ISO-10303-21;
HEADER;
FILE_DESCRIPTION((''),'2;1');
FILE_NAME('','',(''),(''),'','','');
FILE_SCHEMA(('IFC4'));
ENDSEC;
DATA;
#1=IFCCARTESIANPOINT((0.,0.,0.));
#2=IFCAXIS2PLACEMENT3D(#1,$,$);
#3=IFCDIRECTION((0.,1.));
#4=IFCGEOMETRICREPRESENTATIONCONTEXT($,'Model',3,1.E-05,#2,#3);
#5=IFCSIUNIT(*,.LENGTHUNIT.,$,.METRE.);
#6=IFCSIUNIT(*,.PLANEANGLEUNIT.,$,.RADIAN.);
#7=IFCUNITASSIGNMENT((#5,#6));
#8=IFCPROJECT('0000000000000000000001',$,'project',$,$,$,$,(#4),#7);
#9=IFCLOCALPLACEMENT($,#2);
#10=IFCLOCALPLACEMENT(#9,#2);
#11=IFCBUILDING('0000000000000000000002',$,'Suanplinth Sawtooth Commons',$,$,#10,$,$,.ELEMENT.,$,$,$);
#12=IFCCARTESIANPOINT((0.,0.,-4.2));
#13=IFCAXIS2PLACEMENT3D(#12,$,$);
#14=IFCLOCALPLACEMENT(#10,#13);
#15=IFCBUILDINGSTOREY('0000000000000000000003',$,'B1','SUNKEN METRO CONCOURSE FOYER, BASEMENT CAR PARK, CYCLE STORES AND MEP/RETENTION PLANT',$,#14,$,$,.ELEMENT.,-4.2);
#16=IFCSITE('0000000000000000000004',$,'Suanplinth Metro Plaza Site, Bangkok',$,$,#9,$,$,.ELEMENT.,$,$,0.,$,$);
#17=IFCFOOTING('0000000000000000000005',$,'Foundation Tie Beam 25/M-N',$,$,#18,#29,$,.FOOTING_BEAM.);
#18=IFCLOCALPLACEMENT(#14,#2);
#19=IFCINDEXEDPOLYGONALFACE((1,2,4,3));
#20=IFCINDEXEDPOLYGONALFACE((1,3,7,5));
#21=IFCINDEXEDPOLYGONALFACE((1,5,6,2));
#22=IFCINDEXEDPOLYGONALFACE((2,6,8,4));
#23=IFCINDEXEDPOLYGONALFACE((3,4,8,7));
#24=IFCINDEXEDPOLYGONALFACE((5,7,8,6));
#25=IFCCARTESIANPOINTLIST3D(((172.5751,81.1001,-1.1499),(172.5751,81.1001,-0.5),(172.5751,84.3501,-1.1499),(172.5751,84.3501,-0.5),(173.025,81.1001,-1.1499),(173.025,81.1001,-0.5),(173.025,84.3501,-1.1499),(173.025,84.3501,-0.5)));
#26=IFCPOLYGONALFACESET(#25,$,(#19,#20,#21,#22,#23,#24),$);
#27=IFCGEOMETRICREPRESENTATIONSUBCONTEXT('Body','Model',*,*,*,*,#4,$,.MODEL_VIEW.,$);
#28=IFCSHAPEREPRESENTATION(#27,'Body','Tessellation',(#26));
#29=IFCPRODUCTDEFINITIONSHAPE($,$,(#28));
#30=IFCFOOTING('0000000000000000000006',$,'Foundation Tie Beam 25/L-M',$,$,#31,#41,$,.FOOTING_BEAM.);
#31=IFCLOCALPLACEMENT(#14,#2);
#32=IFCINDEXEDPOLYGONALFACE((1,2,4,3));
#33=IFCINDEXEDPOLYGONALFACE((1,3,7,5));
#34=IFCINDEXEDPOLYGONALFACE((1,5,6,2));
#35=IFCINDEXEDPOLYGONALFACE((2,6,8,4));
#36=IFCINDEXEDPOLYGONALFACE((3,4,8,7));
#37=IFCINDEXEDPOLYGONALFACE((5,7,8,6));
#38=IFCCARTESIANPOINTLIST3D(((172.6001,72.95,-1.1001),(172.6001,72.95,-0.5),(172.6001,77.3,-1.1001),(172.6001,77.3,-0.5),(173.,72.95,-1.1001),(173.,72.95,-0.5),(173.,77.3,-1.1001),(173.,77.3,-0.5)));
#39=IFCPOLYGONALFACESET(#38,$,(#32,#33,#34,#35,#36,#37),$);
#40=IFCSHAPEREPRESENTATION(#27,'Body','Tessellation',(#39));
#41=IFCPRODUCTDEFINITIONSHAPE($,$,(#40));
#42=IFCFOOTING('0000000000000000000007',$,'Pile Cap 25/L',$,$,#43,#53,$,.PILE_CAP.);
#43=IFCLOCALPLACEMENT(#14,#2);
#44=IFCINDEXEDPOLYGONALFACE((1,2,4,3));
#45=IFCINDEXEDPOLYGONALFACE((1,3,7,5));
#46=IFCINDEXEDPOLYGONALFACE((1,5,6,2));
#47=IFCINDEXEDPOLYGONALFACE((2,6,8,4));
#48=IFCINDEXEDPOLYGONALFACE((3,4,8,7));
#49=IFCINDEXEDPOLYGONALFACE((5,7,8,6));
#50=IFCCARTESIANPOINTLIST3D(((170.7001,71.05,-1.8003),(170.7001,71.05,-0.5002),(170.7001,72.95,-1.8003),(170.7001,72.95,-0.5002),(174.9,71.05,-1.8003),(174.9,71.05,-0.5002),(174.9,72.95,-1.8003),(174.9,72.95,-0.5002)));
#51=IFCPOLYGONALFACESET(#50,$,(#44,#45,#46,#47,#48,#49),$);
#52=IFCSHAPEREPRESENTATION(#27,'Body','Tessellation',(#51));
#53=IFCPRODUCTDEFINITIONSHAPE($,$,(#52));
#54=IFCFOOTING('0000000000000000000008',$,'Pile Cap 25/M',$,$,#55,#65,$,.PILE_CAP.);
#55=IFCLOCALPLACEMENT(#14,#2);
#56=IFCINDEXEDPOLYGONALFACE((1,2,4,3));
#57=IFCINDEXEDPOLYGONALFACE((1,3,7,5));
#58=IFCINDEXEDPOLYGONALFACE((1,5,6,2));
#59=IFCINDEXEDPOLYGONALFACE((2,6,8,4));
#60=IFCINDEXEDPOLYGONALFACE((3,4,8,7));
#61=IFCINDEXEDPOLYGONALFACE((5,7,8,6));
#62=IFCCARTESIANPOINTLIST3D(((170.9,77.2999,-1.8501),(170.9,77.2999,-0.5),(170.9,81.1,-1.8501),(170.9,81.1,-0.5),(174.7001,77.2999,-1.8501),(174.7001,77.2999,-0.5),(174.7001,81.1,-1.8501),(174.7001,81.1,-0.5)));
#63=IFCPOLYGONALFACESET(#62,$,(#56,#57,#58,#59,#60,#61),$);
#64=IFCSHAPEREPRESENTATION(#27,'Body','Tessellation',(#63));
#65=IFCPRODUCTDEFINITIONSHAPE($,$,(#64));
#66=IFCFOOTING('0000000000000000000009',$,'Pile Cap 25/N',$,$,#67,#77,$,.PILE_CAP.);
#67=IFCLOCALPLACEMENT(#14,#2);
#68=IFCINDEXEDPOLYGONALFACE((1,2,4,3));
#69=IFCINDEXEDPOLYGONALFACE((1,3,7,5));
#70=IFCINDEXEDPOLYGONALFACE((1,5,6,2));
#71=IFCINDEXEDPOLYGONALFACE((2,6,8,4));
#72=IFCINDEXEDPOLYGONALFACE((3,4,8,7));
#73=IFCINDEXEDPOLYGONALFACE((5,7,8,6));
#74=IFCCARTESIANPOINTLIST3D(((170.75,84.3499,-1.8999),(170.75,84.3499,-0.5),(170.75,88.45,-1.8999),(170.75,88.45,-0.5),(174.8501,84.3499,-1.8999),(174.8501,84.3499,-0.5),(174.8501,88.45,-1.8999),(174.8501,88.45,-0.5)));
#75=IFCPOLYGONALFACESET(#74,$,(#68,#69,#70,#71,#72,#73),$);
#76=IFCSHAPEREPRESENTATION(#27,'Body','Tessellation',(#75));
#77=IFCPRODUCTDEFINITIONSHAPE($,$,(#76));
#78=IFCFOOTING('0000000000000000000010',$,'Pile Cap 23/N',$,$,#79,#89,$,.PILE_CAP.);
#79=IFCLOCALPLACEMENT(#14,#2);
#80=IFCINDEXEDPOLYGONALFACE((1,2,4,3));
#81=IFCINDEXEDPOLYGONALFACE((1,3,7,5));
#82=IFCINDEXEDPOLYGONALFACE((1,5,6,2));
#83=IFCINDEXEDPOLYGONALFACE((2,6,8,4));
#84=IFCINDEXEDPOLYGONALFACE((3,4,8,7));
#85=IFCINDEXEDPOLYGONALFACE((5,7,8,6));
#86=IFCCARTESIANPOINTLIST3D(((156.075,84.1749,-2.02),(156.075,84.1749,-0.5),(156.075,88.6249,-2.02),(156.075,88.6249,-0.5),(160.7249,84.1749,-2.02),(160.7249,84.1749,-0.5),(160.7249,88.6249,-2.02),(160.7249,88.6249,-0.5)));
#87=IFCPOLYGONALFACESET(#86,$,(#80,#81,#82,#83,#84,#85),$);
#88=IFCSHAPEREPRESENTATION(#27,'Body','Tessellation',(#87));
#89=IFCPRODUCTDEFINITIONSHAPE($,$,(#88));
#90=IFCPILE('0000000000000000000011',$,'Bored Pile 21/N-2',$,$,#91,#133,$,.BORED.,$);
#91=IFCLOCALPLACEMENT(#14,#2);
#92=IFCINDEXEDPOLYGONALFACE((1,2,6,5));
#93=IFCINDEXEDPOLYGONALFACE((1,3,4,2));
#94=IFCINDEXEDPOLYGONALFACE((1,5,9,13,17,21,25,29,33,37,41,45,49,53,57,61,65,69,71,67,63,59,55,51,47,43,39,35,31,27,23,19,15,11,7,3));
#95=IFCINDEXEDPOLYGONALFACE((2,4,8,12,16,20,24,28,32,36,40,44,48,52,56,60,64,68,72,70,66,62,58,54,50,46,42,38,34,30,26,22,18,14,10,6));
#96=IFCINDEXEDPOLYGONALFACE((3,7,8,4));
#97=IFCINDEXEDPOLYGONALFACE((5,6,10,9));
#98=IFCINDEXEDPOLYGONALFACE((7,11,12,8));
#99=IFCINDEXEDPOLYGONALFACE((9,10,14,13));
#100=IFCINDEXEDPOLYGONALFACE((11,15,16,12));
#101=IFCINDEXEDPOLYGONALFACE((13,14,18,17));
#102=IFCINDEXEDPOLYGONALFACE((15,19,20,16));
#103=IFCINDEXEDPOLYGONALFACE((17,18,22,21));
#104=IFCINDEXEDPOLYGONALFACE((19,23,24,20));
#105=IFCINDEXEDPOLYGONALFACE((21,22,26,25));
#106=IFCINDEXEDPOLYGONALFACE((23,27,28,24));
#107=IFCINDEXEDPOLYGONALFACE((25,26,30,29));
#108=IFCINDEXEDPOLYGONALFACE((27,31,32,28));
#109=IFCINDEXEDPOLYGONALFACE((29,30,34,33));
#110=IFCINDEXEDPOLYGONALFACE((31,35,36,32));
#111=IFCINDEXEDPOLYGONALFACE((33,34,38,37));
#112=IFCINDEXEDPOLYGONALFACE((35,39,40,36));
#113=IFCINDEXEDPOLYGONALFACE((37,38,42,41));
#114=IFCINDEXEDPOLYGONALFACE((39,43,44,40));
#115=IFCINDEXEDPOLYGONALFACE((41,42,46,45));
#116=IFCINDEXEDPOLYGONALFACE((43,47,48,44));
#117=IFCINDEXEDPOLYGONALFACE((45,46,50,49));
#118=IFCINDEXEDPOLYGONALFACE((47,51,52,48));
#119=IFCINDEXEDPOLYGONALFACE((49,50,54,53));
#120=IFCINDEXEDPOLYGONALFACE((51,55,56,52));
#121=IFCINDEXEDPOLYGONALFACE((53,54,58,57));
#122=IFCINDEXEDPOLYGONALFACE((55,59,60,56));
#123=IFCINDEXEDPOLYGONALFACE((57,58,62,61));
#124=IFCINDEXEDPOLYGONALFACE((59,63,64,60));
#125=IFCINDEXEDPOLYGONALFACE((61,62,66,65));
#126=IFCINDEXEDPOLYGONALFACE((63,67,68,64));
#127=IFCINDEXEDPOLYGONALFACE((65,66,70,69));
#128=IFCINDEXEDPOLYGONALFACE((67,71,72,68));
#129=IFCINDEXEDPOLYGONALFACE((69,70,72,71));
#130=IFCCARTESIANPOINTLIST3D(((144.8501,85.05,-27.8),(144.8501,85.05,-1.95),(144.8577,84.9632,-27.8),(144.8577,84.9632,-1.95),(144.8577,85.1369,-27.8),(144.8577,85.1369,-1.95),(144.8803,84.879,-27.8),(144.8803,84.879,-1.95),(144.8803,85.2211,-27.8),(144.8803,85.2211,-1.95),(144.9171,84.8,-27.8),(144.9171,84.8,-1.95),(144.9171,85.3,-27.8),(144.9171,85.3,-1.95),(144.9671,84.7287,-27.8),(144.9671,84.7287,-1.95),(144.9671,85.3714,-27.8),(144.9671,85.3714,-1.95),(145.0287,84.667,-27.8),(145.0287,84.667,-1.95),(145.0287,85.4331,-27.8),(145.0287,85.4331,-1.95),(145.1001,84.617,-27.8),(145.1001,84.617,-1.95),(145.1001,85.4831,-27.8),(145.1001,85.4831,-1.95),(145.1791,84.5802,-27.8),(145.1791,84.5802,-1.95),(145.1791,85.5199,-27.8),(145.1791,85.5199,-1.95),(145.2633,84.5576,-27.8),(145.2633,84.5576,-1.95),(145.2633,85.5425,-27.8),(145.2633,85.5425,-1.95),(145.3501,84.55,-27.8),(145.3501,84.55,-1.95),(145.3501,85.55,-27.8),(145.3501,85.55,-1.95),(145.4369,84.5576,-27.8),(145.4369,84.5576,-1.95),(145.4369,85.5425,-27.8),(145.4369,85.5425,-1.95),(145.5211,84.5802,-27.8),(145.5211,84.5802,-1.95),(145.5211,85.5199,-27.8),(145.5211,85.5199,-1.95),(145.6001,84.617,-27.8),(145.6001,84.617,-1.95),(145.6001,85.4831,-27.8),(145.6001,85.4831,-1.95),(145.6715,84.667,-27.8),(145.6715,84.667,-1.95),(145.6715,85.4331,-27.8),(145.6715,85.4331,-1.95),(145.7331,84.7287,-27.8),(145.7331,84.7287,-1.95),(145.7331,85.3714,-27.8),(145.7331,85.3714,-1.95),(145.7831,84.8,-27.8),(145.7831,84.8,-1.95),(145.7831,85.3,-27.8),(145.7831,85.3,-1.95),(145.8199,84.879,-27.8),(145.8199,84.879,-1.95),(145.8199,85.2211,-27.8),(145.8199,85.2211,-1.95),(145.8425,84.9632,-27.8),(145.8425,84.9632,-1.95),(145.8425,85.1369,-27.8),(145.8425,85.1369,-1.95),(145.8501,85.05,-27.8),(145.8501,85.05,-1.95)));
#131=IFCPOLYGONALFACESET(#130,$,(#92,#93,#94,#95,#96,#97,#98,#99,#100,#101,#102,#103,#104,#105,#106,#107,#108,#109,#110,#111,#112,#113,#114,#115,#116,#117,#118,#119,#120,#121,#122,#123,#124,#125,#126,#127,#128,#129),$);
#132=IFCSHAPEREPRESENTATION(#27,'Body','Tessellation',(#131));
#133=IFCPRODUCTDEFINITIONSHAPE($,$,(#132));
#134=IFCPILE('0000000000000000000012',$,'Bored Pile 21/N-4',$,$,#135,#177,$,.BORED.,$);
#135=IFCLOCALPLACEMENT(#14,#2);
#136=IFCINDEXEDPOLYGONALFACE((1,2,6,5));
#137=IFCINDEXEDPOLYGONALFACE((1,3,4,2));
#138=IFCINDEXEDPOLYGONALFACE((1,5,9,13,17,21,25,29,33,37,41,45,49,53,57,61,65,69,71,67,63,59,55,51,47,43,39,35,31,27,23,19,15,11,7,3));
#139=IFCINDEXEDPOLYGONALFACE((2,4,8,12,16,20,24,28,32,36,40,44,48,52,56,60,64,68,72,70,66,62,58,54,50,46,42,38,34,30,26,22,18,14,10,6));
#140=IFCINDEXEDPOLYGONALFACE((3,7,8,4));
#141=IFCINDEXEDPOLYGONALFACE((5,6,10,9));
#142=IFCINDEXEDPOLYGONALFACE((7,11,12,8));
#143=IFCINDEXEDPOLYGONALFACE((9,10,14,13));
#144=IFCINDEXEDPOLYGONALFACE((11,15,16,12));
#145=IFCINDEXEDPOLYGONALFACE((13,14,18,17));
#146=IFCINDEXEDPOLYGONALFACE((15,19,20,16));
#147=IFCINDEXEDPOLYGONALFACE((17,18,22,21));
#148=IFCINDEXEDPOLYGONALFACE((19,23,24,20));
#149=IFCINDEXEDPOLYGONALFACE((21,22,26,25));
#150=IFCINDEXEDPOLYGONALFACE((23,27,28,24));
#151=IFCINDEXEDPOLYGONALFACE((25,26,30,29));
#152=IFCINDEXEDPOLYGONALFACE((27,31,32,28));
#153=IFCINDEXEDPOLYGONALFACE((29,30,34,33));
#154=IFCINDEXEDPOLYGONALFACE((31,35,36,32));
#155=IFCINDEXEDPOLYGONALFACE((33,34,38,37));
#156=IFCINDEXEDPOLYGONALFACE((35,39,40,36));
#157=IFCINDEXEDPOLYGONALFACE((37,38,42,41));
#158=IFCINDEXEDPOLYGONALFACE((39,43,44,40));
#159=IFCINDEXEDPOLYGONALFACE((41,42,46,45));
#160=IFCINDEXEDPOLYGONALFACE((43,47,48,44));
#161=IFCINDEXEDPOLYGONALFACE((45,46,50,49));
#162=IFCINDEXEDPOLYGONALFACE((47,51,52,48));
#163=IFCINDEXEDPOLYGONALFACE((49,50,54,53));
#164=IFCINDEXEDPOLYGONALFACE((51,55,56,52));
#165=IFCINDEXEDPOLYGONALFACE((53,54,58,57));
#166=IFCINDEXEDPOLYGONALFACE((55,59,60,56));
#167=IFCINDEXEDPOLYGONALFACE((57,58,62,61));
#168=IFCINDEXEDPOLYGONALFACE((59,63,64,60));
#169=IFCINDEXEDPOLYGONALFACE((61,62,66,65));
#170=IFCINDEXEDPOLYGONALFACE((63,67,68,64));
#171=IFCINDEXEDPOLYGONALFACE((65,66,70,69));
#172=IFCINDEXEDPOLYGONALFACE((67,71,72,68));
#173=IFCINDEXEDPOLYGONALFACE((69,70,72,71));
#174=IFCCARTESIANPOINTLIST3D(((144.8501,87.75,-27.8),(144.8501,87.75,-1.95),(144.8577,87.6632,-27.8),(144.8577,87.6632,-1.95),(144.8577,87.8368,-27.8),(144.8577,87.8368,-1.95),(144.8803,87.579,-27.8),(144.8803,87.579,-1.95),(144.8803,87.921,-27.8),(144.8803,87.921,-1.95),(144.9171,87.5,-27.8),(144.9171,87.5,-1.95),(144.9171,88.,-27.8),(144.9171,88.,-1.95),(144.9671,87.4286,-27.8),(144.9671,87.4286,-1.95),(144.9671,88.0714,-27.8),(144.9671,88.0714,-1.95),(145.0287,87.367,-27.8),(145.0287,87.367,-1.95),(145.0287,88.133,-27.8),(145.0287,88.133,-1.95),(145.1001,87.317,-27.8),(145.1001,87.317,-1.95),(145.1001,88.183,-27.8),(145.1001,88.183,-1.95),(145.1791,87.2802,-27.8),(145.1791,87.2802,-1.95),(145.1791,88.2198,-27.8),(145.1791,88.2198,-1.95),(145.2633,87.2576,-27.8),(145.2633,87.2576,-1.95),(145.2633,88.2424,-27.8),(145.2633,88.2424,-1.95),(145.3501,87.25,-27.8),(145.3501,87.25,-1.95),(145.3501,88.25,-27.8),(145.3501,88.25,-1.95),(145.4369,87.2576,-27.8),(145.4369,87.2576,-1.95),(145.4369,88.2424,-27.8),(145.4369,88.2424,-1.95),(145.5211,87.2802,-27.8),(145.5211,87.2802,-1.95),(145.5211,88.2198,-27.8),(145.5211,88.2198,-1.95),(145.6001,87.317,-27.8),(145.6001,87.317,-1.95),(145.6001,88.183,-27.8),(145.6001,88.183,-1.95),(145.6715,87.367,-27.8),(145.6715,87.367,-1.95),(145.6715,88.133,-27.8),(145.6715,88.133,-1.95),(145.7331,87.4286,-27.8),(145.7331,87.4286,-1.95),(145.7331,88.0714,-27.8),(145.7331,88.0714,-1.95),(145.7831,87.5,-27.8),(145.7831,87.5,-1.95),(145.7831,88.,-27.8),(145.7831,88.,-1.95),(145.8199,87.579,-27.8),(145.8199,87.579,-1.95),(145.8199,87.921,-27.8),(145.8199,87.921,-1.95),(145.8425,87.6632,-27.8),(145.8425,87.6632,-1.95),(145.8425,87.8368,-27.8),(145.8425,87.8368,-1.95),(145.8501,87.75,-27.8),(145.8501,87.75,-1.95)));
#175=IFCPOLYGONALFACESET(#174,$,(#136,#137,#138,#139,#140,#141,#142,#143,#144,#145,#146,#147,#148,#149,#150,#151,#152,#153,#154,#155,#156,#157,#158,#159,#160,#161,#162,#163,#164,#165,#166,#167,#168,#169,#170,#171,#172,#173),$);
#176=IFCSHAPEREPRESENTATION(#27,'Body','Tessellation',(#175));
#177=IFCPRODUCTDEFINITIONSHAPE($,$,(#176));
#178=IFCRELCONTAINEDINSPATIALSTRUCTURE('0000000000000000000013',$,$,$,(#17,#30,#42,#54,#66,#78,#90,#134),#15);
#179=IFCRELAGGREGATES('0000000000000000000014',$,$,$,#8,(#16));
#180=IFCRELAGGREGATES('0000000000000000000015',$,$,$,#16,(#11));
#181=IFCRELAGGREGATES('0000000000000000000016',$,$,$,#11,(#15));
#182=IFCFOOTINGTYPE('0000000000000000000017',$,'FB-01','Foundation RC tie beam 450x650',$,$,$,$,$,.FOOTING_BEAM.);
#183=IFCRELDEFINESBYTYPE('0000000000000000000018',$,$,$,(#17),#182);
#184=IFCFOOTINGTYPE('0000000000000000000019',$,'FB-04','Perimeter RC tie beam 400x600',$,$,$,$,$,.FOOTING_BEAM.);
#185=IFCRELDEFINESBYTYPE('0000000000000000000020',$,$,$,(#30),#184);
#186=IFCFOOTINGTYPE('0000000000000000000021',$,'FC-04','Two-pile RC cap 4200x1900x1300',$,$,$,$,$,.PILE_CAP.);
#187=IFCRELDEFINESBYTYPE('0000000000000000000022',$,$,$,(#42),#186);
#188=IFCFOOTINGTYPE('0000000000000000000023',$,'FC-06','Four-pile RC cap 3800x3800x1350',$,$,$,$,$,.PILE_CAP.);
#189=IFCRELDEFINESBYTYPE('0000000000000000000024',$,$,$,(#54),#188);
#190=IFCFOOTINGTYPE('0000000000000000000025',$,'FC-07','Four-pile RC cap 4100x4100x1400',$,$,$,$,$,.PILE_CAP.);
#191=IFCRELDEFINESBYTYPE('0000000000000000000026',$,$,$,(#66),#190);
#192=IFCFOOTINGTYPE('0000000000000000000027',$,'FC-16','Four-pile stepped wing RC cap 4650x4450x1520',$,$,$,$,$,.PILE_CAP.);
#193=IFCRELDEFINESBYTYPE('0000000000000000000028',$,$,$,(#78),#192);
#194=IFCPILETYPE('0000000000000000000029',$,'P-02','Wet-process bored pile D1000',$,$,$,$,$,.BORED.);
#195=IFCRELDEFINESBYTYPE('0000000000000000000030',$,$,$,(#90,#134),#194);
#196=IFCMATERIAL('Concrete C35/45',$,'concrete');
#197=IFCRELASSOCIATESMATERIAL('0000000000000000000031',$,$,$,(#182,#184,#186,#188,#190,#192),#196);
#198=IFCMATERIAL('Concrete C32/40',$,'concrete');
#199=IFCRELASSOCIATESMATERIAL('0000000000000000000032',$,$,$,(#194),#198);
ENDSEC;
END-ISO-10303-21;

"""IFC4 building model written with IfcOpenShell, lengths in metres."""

from ifc_helpers import new_model, si_unit, direction, frame, origin, origin_2d, place, context, subcontext, project, spatial, rectangle, circle, extrude, material, material_profile, profile_set, type_object, element, save


model = new_model("IFC4")

# Units and contexts
model_context = context("Model", 3, precision=1e-05, world=origin(), true_north=direction((0.0, 1.0)))
body_context = subcontext(model_context, "Body", "Model", "MODEL_VIEW")
ifc_project = project(units=[si_unit("LENGTHUNIT", "METRE"), si_unit("PLANEANGLEUNIT", "RADIAN")], contexts=[model_context])

# Site, building, storey
site_placement = place(None, origin())
site = spatial("IfcSite", under=ifc_project, at=site_placement, Name="Suanplinth Metro Plaza Site, Bangkok", CompositionType="ELEMENT", RefElevation=0.0)
building_placement = place(site_placement, origin())
building = spatial("IfcBuilding", under=site, at=building_placement, Name="Suanplinth Sawtooth Commons", CompositionType="ELEMENT")
storey_placement = place(building_placement, frame((0.0, 0.0, -4.2)))
storey = spatial("IfcBuildingStorey", under=building, at=storey_placement, Name="B1", Description="SUNKEN METRO CONCOURSE FOYER, BASEMENT CAR PARK, CYCLE STORES AND MEP/RETENTION PLANT", CompositionType="ELEMENT", Elevation=-4.2)

# Footings
ifc_material_1 = material(Name="Concrete C35/45", Category="concrete")
ifc_material_profile_1 = material_profile(ifc_material_1, rectangle(XDim=0.45, YDim=0.6499, at=origin_2d()), Name="PC-GDR 450x650")
ifc_profile_set_1 = profile_set([ifc_material_profile_1], Name="Concrete C35/45")
footing_type_1 = type_object("IfcFootingType", Name="FB-01", Description="Foundation RC tie beam 450x650", PredefinedType="FOOTING_BEAM", material=ifc_profile_set_1)
footing_1_placement = place(storey_placement, frame((172.8, 81.1001, -0.825), z_axis=(0.0, 1.0, 0.0), x_axis=(-1.0, 0.0, 0.0)))
element("IfcFooting", 1, at=footing_1_placement, inside=storey, type_object=footing_type_1, Name="Foundation Tie Beam 25/M-N", PredefinedType="FOOTING_BEAM", context=body_context, shape_type="SweptSolid", body=[
    extrude(rectangle(XDim=0.45, YDim=0.6499, at=origin_2d()), origin(), (0.0, 0.0, 1.0), 3.25),
])
ifc_material_profile_2 = material_profile(ifc_material_1, rectangle(XDim=0.3999, YDim=0.6001, at=origin_2d()), Name="PC-GDR 400x600")
ifc_profile_set_2 = profile_set([ifc_material_profile_2], Name="Concrete C35/45")
footing_type_2 = type_object("IfcFootingType", Name="FB-04", Description="Perimeter RC tie beam 400x600", PredefinedType="FOOTING_BEAM", material=ifc_profile_set_2)
footing_2_placement = place(storey_placement, frame((172.8, 72.95, -0.8), z_axis=(0.0, 1.0, 0.0), x_axis=(-1.0, 0.0, 0.0)))
element("IfcFooting", 2, at=footing_2_placement, inside=storey, type_object=footing_type_2, Name="Foundation Tie Beam 25/L-M", PredefinedType="FOOTING_BEAM", context=body_context, shape_type="SweptSolid", body=[
    extrude(rectangle(XDim=0.3999, YDim=0.6001, at=origin_2d()), origin(), (0.0, 0.0, 1.0), 4.3501),
])
footing_type_3 = type_object("IfcFootingType", Name="FC-04", Description="Two-pile RC cap 4200x1900x1300", PredefinedType="PILE_CAP", material=ifc_material_1)
footing_3_placement = place(storey_placement, frame((172.8, 72.0, -1.8003), z_axis=(0.0, 0.0, 1.0), x_axis=(1.0, 0.0, 0.0)))
element("IfcFooting", 3, at=footing_3_placement, inside=storey, type_object=footing_type_3, Name="Pile Cap 25/L", PredefinedType="PILE_CAP", context=body_context, shape_type="SweptSolid", body=[
    extrude(rectangle(XDim=4.2, YDim=1.8999, at=origin_2d()), origin(), (0.0, 0.0, 1.0), 1.3),
])
footing_type_4 = type_object("IfcFootingType", Name="FC-06", Description="Four-pile RC cap 3800x3800x1350", PredefinedType="PILE_CAP", material=ifc_material_1)
footing_4_placement = place(storey_placement, frame((172.8, 79.2, -1.8501), z_axis=(0.0, 0.0, 1.0), x_axis=(1.0, 0.0, 0.0)))
element("IfcFooting", 4, at=footing_4_placement, inside=storey, type_object=footing_type_4, Name="Pile Cap 25/M", PredefinedType="PILE_CAP", context=body_context, shape_type="SweptSolid", body=[
    extrude(rectangle(XDim=3.8, YDim=3.8, at=origin_2d()), origin(), (0.0, 0.0, 1.0), 1.3501),
])
footing_type_5 = type_object("IfcFootingType", Name="FC-07", Description="Four-pile RC cap 4100x4100x1400", PredefinedType="PILE_CAP", material=ifc_material_1)
footing_5_placement = place(storey_placement, frame((172.8, 86.3999, -1.8999), z_axis=(0.0, 0.0, 1.0), x_axis=(1.0, 0.0, 0.0)))
element("IfcFooting", 5, at=footing_5_placement, inside=storey, type_object=footing_type_5, Name="Pile Cap 25/N", PredefinedType="PILE_CAP", context=body_context, shape_type="SweptSolid", body=[
    extrude(rectangle(XDim=4.1001, YDim=4.1001, at=origin_2d()), origin(), (0.0, 0.0, 1.0), 1.3999),
])
footing_type_6 = type_object("IfcFootingType", Name="FC-16", Description="Four-pile stepped wing RC cap 4650x4450x1520", PredefinedType="PILE_CAP", material=ifc_material_1)
footing_6_placement = place(storey_placement, frame((158.3999, 86.3999, -2.02), z_axis=(0.0, 0.0, 1.0), x_axis=(1.0, 0.0, 0.0)))
element("IfcFooting", 6, at=footing_6_placement, inside=storey, type_object=footing_type_6, Name="Pile Cap 23/N", PredefinedType="PILE_CAP", context=body_context, shape_type="SweptSolid", body=[
    extrude(rectangle(XDim=4.6499, YDim=4.45, at=origin_2d()), origin(), (0.0, 0.0, 1.0), 1.52),
])

# Piles
ifc_material_2 = material(Name="Concrete C32/40", Category="concrete")
ifc_material_profile_3 = material_profile(ifc_material_2, circle(Radius=0.5, at=origin_2d()), Name="PILE D1000")
ifc_profile_set_3 = profile_set([ifc_material_profile_3], Name="Concrete C32/40")
pile_type = type_object("IfcPileType", Name="P-02", Description="Wet-process bored pile D1000", PredefinedType="BORED", material=ifc_profile_set_3)
for number, where, z_axis, x_axis, name in (
    (7, (145.3501, 85.05, -1.95), (0.0, 0.0, -1.0), (1.0, 0.0, 0.0), "Bored Pile 21/N-2"),
    (8, (145.3501, 87.75, -1.95), (0.0, 0.0, -1.0), (1.0, 0.0, 0.0), "Bored Pile 21/N-4"),
):
    element("IfcPile", number, at=place(storey_placement, frame(where, z_axis=z_axis, x_axis=x_axis)), inside=storey, type_object=pile_type, Name=name, PredefinedType="BORED", context=body_context, shape_type="SweptSolid", body=[
        extrude(circle(Radius=0.5, at=origin_2d()), origin(), (0.0, 0.0, 1.0), 25.8501),
    ])

save(model, "model.ifc")
